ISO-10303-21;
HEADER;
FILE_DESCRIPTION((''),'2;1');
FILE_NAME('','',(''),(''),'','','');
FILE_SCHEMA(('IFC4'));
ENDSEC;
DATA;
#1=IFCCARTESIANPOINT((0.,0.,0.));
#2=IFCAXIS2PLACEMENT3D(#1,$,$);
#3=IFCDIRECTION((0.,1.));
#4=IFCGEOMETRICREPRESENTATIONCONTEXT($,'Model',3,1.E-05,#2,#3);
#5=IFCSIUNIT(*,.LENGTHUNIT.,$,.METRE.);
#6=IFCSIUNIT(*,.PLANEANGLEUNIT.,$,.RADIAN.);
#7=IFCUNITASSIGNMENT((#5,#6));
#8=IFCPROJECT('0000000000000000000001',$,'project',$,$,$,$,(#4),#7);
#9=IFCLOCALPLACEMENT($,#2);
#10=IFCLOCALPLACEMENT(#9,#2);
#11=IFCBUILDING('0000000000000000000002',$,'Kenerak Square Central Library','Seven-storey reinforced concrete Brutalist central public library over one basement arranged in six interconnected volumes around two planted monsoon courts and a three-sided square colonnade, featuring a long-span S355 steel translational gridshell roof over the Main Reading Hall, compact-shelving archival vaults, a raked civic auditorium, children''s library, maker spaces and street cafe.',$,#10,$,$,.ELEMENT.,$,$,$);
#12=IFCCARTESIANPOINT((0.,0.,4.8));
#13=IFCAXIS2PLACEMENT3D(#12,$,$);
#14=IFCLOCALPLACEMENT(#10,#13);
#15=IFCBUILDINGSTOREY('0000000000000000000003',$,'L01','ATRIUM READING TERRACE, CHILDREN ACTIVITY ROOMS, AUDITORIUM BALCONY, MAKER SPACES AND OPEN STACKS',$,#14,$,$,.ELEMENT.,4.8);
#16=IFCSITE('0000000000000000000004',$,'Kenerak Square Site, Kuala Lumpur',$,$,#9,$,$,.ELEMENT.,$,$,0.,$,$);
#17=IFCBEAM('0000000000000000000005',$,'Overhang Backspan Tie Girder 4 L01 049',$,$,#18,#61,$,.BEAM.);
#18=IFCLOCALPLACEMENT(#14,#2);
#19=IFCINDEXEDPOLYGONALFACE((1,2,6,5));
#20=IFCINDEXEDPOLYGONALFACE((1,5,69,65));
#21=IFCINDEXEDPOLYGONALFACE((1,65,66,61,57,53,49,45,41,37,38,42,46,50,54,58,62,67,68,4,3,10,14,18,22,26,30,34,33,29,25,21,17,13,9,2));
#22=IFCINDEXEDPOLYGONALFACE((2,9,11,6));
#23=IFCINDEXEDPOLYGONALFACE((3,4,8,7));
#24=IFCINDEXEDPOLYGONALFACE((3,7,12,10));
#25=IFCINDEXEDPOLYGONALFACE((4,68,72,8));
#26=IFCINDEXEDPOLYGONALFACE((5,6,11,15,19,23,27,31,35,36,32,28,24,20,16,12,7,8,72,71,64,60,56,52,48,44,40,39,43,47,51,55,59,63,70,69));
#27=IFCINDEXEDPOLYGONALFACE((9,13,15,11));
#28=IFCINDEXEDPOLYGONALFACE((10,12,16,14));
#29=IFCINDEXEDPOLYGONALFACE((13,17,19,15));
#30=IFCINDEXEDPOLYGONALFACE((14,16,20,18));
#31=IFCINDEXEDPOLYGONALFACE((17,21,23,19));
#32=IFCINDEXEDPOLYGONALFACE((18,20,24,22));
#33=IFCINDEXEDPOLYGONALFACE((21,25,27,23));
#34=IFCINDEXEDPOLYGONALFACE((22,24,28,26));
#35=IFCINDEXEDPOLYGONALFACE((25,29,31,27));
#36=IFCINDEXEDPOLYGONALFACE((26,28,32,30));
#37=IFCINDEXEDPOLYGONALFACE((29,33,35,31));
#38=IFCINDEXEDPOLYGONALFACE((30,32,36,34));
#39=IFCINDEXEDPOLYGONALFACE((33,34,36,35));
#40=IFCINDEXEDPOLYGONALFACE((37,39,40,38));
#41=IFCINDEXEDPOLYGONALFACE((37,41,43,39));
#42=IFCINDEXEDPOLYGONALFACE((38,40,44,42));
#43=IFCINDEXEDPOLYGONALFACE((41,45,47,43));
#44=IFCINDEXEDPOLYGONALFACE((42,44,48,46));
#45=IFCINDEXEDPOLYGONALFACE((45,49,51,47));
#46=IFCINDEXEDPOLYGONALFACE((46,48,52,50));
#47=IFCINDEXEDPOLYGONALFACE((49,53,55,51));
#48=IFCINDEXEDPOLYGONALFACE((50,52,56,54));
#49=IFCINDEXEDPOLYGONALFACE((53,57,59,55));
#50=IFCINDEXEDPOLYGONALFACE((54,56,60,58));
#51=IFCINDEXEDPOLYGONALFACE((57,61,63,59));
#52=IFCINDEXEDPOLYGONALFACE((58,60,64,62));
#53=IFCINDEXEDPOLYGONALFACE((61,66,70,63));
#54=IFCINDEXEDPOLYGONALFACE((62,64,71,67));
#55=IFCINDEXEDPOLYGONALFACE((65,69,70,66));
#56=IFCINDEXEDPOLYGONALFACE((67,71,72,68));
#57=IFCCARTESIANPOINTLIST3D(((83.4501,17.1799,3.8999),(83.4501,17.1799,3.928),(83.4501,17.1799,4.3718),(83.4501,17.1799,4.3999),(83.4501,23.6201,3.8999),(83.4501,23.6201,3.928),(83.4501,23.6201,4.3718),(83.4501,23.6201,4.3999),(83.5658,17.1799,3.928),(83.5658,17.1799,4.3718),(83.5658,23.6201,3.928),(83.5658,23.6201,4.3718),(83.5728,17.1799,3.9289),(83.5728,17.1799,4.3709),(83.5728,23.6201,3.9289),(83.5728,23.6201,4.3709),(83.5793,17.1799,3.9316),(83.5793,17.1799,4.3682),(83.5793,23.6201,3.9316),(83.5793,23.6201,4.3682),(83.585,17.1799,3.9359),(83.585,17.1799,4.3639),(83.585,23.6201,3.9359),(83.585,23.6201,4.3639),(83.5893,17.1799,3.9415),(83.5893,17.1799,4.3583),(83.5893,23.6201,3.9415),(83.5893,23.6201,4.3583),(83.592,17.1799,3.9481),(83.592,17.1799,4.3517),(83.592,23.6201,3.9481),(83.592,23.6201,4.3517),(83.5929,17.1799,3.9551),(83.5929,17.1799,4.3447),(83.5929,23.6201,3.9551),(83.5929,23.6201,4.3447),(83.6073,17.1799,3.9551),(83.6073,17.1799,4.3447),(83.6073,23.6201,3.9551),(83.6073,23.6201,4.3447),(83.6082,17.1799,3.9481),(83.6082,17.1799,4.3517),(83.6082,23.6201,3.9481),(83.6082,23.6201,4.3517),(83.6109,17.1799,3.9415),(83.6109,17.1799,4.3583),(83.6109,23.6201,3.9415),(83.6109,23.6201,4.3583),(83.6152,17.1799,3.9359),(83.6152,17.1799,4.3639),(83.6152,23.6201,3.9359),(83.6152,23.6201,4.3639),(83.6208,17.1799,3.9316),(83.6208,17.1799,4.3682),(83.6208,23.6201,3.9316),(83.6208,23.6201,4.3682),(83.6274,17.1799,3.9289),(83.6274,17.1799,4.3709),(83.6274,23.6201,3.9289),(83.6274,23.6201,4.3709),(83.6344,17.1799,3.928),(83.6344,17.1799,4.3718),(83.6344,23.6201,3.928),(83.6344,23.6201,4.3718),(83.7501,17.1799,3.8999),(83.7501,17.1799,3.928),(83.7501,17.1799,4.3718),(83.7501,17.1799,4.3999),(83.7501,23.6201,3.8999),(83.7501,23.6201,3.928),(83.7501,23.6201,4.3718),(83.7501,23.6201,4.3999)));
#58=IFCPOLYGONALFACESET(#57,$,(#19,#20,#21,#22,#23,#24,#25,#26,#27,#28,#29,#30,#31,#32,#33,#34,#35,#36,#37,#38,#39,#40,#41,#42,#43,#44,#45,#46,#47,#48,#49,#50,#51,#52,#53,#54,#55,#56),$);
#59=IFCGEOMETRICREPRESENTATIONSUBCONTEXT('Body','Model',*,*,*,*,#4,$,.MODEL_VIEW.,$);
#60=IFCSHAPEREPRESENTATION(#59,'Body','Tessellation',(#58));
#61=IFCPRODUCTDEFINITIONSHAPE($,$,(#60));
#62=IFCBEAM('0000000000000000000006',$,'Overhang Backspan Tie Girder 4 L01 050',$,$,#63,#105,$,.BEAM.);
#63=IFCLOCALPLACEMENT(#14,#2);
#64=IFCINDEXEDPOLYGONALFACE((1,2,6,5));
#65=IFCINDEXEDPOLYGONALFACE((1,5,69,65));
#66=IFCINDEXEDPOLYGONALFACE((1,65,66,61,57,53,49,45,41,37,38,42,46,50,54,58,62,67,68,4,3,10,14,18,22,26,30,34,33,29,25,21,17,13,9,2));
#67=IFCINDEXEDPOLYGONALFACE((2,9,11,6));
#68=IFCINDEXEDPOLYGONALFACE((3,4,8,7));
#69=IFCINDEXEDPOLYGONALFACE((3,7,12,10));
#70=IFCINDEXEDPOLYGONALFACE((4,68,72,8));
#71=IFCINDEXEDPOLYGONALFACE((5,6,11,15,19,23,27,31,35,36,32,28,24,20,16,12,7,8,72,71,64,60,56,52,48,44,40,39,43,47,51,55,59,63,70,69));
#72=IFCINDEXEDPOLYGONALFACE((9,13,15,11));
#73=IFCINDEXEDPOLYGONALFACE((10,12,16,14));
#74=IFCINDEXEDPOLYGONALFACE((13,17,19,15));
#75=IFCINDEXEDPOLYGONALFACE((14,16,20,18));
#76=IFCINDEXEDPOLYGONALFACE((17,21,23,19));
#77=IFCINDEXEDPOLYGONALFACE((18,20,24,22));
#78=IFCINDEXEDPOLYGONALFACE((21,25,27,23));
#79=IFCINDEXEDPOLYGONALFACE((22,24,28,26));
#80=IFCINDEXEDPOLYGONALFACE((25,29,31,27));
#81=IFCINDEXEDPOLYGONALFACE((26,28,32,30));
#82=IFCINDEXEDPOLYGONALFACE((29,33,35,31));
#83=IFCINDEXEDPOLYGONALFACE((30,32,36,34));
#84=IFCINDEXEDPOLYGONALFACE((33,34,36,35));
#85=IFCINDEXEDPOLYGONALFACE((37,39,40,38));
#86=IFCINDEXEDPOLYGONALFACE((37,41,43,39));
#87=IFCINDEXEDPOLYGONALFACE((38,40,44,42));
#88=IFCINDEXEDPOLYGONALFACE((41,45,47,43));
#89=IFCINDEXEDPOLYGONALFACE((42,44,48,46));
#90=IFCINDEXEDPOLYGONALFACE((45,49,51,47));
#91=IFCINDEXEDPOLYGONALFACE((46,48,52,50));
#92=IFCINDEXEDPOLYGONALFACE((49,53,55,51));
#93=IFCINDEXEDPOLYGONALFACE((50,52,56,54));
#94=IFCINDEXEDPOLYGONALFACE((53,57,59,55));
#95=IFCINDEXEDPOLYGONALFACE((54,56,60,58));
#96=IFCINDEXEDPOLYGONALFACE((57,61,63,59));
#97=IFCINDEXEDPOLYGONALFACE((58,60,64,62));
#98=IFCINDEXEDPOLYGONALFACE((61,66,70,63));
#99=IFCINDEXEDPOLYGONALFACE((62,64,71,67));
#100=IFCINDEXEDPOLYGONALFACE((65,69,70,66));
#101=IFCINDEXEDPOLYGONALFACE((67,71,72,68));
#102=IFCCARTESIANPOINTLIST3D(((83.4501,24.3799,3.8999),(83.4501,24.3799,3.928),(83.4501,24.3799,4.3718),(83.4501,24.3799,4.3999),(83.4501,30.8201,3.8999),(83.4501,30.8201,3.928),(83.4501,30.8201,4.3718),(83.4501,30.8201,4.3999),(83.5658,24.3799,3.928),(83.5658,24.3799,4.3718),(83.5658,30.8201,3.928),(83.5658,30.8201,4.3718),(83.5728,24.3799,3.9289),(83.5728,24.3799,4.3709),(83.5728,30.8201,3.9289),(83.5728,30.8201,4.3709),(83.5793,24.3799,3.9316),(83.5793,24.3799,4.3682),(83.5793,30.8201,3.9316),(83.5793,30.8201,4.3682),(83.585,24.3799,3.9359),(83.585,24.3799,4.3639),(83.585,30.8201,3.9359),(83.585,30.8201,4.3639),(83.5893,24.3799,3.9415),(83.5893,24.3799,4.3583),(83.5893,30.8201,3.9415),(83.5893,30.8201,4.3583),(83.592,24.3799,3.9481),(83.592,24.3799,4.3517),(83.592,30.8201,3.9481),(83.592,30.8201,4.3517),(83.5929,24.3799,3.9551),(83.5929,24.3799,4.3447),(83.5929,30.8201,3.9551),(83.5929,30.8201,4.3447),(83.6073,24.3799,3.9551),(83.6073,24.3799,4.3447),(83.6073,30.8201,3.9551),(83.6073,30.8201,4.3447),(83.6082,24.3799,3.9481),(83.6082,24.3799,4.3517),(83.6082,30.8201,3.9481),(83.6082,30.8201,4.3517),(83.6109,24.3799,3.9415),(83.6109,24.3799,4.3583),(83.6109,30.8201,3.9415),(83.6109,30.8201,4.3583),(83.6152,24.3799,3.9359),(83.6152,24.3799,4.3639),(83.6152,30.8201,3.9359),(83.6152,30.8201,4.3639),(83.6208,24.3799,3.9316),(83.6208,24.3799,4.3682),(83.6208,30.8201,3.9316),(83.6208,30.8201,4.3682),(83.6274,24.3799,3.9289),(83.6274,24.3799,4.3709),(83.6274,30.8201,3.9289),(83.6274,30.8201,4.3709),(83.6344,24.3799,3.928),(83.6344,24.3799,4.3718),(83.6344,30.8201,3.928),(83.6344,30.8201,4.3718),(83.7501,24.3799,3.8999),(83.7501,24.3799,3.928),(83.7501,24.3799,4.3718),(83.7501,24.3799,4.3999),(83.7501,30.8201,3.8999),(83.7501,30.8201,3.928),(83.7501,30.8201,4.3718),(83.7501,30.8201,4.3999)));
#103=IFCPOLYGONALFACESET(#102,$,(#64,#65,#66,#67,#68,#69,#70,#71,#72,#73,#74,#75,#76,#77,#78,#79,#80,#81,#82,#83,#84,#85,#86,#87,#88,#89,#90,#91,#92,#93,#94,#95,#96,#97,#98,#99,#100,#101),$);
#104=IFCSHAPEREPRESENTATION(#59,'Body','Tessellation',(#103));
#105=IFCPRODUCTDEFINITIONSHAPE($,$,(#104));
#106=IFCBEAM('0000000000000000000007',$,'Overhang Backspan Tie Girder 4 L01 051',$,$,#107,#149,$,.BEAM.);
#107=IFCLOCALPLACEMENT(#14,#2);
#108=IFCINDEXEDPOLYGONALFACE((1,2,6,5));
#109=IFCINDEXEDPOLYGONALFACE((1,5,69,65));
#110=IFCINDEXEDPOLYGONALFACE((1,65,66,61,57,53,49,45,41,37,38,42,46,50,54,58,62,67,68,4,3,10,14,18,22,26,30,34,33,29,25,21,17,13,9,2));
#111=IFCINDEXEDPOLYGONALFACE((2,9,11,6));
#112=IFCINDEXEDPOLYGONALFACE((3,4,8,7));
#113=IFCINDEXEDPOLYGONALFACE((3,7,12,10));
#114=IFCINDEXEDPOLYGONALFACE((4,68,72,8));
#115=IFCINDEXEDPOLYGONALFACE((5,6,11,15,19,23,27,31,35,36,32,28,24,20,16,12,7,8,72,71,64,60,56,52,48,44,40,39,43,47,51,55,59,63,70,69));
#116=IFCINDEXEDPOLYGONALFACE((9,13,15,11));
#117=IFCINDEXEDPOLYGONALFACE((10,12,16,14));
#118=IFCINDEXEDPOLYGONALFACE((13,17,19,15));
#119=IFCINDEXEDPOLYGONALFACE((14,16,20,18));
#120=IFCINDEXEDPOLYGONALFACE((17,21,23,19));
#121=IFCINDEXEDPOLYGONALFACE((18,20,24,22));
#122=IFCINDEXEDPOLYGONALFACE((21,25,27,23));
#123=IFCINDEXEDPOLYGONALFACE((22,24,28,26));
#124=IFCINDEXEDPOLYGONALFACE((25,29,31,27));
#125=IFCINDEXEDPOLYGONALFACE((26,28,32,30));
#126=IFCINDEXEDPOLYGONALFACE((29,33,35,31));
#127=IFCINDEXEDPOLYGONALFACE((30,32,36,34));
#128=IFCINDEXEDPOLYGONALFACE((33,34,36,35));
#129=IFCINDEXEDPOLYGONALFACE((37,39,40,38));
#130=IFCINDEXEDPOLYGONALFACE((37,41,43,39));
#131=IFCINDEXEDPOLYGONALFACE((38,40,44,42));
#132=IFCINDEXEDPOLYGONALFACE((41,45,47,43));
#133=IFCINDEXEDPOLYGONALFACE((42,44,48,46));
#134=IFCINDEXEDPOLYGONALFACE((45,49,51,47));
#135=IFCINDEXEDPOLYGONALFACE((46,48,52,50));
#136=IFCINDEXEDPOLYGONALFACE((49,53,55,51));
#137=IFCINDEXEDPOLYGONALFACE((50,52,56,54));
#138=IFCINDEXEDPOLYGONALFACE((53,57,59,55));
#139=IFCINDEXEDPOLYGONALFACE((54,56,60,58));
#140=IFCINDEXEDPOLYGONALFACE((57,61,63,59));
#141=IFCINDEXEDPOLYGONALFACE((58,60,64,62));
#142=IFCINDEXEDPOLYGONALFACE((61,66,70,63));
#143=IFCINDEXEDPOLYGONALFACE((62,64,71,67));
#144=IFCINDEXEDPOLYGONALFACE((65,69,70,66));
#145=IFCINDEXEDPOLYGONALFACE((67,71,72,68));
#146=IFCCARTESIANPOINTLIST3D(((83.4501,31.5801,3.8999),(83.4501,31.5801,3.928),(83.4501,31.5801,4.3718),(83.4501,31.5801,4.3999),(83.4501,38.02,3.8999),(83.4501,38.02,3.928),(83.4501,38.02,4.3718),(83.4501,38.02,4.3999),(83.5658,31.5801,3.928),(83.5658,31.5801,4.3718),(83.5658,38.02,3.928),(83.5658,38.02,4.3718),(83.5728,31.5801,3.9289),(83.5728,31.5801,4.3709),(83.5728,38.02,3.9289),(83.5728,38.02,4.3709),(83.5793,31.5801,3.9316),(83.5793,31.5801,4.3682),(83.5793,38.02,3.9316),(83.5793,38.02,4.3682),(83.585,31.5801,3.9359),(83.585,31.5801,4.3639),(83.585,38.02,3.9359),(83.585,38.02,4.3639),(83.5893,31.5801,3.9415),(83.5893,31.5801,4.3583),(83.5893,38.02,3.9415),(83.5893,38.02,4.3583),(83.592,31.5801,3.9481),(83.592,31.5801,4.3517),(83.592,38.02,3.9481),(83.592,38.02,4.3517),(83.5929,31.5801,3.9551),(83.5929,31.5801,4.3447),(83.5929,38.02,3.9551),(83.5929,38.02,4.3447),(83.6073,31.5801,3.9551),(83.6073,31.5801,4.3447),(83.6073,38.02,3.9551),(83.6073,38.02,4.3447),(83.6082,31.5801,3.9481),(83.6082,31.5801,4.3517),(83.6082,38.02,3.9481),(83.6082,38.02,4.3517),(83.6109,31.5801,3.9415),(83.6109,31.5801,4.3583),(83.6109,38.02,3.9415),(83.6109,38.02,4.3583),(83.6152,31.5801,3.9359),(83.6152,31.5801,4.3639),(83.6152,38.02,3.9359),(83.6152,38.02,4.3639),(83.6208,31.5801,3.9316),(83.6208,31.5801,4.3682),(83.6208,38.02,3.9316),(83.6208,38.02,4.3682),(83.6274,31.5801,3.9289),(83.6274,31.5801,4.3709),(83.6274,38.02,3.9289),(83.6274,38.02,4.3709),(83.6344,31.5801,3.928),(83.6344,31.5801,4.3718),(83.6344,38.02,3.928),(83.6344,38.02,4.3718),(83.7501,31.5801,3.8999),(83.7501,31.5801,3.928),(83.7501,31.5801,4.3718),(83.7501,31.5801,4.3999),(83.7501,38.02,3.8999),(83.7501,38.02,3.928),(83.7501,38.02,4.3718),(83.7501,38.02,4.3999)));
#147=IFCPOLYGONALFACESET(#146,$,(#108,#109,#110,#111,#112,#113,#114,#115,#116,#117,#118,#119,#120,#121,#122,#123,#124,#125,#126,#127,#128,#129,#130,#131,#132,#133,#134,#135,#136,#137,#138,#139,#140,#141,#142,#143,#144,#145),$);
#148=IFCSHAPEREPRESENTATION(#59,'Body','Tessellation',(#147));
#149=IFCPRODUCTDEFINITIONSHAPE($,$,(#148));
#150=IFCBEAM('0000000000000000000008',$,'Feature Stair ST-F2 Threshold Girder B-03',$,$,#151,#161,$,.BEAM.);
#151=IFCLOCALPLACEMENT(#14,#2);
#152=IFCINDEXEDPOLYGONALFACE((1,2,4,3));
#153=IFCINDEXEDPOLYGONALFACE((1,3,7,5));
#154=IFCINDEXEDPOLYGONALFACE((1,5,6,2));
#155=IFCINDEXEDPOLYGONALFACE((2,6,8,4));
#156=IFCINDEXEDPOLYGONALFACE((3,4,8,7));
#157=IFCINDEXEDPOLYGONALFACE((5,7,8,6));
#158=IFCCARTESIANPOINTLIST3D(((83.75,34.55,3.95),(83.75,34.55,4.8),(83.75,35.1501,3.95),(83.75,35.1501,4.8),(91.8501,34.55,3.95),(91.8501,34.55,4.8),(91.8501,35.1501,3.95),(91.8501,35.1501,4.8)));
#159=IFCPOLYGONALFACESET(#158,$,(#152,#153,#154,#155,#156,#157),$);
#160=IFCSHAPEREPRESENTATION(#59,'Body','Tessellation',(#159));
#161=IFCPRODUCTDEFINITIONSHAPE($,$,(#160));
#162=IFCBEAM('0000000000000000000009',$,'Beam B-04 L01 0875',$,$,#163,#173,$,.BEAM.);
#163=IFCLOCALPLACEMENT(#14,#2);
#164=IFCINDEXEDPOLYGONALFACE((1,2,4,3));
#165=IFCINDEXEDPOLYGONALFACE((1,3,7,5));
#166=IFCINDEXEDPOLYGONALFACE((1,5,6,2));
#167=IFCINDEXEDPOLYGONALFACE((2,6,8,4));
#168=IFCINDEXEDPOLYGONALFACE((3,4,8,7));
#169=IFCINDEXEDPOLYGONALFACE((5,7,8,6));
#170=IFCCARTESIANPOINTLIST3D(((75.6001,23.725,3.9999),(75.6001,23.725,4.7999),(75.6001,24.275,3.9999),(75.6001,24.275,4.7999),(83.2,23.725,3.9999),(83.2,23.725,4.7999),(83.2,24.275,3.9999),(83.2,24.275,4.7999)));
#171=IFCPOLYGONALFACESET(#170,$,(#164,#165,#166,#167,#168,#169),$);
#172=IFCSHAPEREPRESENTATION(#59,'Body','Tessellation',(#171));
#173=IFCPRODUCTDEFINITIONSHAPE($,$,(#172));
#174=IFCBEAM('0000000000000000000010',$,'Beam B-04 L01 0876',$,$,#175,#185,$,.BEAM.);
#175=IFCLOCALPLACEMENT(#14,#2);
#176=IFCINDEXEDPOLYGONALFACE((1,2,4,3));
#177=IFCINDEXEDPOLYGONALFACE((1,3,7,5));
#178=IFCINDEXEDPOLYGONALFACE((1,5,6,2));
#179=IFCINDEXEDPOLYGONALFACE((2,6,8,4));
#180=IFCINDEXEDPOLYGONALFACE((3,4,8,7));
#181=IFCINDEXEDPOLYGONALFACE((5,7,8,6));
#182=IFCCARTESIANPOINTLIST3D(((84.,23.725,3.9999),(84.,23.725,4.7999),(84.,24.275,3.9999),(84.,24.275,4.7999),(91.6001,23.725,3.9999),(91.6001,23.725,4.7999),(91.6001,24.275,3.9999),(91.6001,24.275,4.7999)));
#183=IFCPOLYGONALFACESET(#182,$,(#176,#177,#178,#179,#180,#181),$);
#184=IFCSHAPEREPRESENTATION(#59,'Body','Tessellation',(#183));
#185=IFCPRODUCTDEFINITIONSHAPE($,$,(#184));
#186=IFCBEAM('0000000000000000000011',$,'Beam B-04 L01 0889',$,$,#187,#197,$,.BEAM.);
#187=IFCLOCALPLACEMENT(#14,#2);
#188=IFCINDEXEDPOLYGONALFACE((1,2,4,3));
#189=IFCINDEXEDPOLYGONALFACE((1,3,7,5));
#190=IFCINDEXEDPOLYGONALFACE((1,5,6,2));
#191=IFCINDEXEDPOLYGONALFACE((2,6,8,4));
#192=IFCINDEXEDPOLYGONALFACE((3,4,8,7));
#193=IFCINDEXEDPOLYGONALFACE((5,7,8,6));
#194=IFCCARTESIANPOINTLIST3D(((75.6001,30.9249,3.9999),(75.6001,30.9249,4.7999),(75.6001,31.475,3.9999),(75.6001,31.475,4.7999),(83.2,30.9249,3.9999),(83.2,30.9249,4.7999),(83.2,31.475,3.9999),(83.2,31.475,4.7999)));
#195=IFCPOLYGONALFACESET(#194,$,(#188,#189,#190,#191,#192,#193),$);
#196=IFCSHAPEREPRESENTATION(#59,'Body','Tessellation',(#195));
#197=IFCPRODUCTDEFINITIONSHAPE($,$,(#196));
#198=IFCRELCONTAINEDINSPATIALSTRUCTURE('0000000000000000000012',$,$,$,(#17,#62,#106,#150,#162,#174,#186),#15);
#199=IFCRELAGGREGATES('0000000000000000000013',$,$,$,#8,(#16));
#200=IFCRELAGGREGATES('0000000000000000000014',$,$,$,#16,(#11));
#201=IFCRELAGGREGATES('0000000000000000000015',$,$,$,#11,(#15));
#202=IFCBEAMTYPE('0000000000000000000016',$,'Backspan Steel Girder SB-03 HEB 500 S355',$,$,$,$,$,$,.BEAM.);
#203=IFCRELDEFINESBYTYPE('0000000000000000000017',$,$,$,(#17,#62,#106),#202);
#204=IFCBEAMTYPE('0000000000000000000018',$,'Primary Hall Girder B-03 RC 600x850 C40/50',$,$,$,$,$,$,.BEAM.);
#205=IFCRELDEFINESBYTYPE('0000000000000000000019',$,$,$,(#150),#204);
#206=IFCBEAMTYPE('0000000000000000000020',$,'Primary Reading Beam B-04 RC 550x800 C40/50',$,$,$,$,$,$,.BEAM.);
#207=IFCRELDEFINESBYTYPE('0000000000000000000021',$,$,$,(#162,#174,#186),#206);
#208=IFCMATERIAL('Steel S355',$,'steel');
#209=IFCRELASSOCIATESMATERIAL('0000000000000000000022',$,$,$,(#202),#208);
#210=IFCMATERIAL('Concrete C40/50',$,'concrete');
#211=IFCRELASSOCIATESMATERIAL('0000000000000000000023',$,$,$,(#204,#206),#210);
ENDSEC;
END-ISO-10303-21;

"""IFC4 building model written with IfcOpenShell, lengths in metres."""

from ifc_helpers import new_model, si_unit, direction, frame, origin, origin_2d, place, context, subcontext, project, spatial, rectangle, i_section, extrude, material, material_profile, profile_set, type_object, element, save


model = new_model("IFC4")

# Units and contexts
model_context = context("Model", 3, precision=1e-05, world=origin(), true_north=direction((0.0, 1.0)))
body_context = subcontext(model_context, "Body", "Model", "MODEL_VIEW")
ifc_project = project(units=[si_unit("LENGTHUNIT", "METRE"), si_unit("PLANEANGLEUNIT", "RADIAN")], contexts=[model_context])

# Site, building, storey
site_placement = place(None, origin())
site = spatial("IfcSite", under=ifc_project, at=site_placement, Name="Kenerak Square Site, Kuala Lumpur", CompositionType="ELEMENT", RefElevation=0.0)
building_placement = place(site_placement, origin())
building = spatial("IfcBuilding", under=site, at=building_placement, Name="Kenerak Square Central Library", Description="Seven-storey reinforced concrete Brutalist central public library over one basement arranged in six interconnected volumes around two planted monsoon courts and a three-sided square colonnade, featuring a long-span S355 steel translational gridshell roof over the Main Reading Hall, compact-shelving archival vaults, a raked civic auditorium, children's library, maker spaces and street cafe.", CompositionType="ELEMENT")
storey_placement = place(building_placement, frame((0.0, 0.0, 4.8)))
storey = spatial("IfcBuildingStorey", under=building, at=storey_placement, Name="L01", Description="ATRIUM READING TERRACE, CHILDREN ACTIVITY ROOMS, AUDITORIUM BALCONY, MAKER SPACES AND OPEN STACKS", CompositionType="ELEMENT", Elevation=4.8)

# Beams
ifc_material_1 = material(Name="Steel S355", Category="steel")
ifc_material_profile_1 = material_profile(ifc_material_1, i_section(OverallWidth=0.3, OverallDepth=0.5, WebThickness=0.0144, FlangeThickness=0.0281, FilletRadius=0.0271, at=origin_2d()), Name="HEB 500")
ifc_profile_set_1 = profile_set([ifc_material_profile_1], Name="Steel S355")
beam_type_1 = type_object("IfcBeamType", Name="Backspan Steel Girder SB-03 HEB 500 S355", PredefinedType="BEAM", material=ifc_profile_set_1)
for number, where, z_axis, x_axis, name in (
    (1, (83.6001, 17.1799, 4.1499), (0.0, 1.0, 0.0), (-1.0, 0.0, 0.0), "Overhang Backspan Tie Girder 4 L01 049"),
    (2, (83.6001, 24.3799, 4.1499), (0.0, 1.0, 0.0), (-1.0, 0.0, 0.0), "Overhang Backspan Tie Girder 4 L01 050"),
):
    element("IfcBeam", number, at=place(storey_placement, frame(where, z_axis=z_axis, x_axis=x_axis)), inside=storey, type_object=beam_type_1, Name=name, PredefinedType="BEAM", context=body_context, shape_type="SweptSolid", body=[
        extrude(i_section(OverallWidth=0.3, OverallDepth=0.5, WebThickness=0.0144, FlangeThickness=0.0281, FilletRadius=0.0271, at=origin_2d()), origin(), (0.0, 0.0, 1.0), 6.4402),
    ])
beam_1_placement = place(storey_placement, frame((83.6001, 31.5801, 4.1499), z_axis=(0.0, 1.0, 0.0), x_axis=(-1.0, 0.0, 0.0)))
element("IfcBeam", 3, at=beam_1_placement, inside=storey, type_object=beam_type_1, Name="Overhang Backspan Tie Girder 4 L01 051", PredefinedType="BEAM", context=body_context, shape_type="SweptSolid", body=[
    extrude(i_section(OverallWidth=0.3, OverallDepth=0.5, WebThickness=0.0144, FlangeThickness=0.0281, FilletRadius=0.0271, at=origin_2d()), origin(), (0.0, 0.0, 1.0), 6.4399),
])
ifc_material_2 = material(Name="Concrete C40/50", Category="concrete")
ifc_material_profile_2 = material_profile(ifc_material_2, rectangle(XDim=0.6001, YDim=0.8501, at=origin_2d()), Name="RC 600x850")
ifc_profile_set_2 = profile_set([ifc_material_profile_2], Name="Concrete C40/50")
beam_type_2 = type_object("IfcBeamType", Name="Primary Hall Girder B-03 RC 600x850 C40/50", PredefinedType="BEAM", material=ifc_profile_set_2)
beam_2_placement = place(storey_placement, frame((83.75, 34.8501, 4.375), z_axis=(1.0, 0.0, 0.0), x_axis=(0.0, 1.0, 0.0)))
element("IfcBeam", 4, at=beam_2_placement, inside=storey, type_object=beam_type_2, Name="Feature Stair ST-F2 Threshold Girder B-03", PredefinedType="BEAM", context=body_context, shape_type="SweptSolid", body=[
    extrude(rectangle(XDim=0.6001, YDim=0.8501, at=origin_2d()), origin(), (0.0, 0.0, 1.0), 8.1001),
])
ifc_material_profile_3 = material_profile(ifc_material_2, rectangle(XDim=0.55, YDim=0.8, at=origin_2d()), Name="RC 550x800")
ifc_profile_set_3 = profile_set([ifc_material_profile_3], Name="Concrete C40/50")
beam_type_3 = type_object("IfcBeamType", Name="Primary Reading Beam B-04 RC 550x800 C40/50", PredefinedType="BEAM", material=ifc_profile_set_3)
beam_3_placement = place(storey_placement, frame((75.6001, 24.0, 4.3999), z_axis=(1.0, 0.0, 0.0), x_axis=(0.0, 1.0, 0.0)))
element("IfcBeam", 5, at=beam_3_placement, inside=storey, type_object=beam_type_3, Name="Beam B-04 L01 0875", PredefinedType="BEAM", context=body_context, shape_type="SweptSolid", body=[
    extrude(rectangle(XDim=0.55, YDim=0.8, at=origin_2d()), origin(), (0.0, 0.0, 1.0), 7.5999),
])
beam_4_placement = place(storey_placement, frame((84.0, 24.0, 4.3999), z_axis=(1.0, 0.0, 0.0), x_axis=(0.0, 1.0, 0.0)))
element("IfcBeam", 6, at=beam_4_placement, inside=storey, type_object=beam_type_3, Name="Beam B-04 L01 0876", PredefinedType="BEAM", context=body_context, shape_type="SweptSolid", body=[
    extrude(rectangle(XDim=0.55, YDim=0.8, at=origin_2d()), origin(), (0.0, 0.0, 1.0), 7.6001),
])
beam_5_placement = place(storey_placement, frame((75.6001, 31.2, 4.3999), z_axis=(1.0, 0.0, 0.0), x_axis=(0.0, 1.0, 0.0)))
element("IfcBeam", 7, at=beam_5_placement, inside=storey, type_object=beam_type_3, Name="Beam B-04 L01 0889", PredefinedType="BEAM", context=body_context, shape_type="SweptSolid", body=[
    extrude(rectangle(XDim=0.55, YDim=0.8, at=origin_2d()), origin(), (0.0, 0.0, 1.0), 7.5999),
])

save(model, "model.ifc")
